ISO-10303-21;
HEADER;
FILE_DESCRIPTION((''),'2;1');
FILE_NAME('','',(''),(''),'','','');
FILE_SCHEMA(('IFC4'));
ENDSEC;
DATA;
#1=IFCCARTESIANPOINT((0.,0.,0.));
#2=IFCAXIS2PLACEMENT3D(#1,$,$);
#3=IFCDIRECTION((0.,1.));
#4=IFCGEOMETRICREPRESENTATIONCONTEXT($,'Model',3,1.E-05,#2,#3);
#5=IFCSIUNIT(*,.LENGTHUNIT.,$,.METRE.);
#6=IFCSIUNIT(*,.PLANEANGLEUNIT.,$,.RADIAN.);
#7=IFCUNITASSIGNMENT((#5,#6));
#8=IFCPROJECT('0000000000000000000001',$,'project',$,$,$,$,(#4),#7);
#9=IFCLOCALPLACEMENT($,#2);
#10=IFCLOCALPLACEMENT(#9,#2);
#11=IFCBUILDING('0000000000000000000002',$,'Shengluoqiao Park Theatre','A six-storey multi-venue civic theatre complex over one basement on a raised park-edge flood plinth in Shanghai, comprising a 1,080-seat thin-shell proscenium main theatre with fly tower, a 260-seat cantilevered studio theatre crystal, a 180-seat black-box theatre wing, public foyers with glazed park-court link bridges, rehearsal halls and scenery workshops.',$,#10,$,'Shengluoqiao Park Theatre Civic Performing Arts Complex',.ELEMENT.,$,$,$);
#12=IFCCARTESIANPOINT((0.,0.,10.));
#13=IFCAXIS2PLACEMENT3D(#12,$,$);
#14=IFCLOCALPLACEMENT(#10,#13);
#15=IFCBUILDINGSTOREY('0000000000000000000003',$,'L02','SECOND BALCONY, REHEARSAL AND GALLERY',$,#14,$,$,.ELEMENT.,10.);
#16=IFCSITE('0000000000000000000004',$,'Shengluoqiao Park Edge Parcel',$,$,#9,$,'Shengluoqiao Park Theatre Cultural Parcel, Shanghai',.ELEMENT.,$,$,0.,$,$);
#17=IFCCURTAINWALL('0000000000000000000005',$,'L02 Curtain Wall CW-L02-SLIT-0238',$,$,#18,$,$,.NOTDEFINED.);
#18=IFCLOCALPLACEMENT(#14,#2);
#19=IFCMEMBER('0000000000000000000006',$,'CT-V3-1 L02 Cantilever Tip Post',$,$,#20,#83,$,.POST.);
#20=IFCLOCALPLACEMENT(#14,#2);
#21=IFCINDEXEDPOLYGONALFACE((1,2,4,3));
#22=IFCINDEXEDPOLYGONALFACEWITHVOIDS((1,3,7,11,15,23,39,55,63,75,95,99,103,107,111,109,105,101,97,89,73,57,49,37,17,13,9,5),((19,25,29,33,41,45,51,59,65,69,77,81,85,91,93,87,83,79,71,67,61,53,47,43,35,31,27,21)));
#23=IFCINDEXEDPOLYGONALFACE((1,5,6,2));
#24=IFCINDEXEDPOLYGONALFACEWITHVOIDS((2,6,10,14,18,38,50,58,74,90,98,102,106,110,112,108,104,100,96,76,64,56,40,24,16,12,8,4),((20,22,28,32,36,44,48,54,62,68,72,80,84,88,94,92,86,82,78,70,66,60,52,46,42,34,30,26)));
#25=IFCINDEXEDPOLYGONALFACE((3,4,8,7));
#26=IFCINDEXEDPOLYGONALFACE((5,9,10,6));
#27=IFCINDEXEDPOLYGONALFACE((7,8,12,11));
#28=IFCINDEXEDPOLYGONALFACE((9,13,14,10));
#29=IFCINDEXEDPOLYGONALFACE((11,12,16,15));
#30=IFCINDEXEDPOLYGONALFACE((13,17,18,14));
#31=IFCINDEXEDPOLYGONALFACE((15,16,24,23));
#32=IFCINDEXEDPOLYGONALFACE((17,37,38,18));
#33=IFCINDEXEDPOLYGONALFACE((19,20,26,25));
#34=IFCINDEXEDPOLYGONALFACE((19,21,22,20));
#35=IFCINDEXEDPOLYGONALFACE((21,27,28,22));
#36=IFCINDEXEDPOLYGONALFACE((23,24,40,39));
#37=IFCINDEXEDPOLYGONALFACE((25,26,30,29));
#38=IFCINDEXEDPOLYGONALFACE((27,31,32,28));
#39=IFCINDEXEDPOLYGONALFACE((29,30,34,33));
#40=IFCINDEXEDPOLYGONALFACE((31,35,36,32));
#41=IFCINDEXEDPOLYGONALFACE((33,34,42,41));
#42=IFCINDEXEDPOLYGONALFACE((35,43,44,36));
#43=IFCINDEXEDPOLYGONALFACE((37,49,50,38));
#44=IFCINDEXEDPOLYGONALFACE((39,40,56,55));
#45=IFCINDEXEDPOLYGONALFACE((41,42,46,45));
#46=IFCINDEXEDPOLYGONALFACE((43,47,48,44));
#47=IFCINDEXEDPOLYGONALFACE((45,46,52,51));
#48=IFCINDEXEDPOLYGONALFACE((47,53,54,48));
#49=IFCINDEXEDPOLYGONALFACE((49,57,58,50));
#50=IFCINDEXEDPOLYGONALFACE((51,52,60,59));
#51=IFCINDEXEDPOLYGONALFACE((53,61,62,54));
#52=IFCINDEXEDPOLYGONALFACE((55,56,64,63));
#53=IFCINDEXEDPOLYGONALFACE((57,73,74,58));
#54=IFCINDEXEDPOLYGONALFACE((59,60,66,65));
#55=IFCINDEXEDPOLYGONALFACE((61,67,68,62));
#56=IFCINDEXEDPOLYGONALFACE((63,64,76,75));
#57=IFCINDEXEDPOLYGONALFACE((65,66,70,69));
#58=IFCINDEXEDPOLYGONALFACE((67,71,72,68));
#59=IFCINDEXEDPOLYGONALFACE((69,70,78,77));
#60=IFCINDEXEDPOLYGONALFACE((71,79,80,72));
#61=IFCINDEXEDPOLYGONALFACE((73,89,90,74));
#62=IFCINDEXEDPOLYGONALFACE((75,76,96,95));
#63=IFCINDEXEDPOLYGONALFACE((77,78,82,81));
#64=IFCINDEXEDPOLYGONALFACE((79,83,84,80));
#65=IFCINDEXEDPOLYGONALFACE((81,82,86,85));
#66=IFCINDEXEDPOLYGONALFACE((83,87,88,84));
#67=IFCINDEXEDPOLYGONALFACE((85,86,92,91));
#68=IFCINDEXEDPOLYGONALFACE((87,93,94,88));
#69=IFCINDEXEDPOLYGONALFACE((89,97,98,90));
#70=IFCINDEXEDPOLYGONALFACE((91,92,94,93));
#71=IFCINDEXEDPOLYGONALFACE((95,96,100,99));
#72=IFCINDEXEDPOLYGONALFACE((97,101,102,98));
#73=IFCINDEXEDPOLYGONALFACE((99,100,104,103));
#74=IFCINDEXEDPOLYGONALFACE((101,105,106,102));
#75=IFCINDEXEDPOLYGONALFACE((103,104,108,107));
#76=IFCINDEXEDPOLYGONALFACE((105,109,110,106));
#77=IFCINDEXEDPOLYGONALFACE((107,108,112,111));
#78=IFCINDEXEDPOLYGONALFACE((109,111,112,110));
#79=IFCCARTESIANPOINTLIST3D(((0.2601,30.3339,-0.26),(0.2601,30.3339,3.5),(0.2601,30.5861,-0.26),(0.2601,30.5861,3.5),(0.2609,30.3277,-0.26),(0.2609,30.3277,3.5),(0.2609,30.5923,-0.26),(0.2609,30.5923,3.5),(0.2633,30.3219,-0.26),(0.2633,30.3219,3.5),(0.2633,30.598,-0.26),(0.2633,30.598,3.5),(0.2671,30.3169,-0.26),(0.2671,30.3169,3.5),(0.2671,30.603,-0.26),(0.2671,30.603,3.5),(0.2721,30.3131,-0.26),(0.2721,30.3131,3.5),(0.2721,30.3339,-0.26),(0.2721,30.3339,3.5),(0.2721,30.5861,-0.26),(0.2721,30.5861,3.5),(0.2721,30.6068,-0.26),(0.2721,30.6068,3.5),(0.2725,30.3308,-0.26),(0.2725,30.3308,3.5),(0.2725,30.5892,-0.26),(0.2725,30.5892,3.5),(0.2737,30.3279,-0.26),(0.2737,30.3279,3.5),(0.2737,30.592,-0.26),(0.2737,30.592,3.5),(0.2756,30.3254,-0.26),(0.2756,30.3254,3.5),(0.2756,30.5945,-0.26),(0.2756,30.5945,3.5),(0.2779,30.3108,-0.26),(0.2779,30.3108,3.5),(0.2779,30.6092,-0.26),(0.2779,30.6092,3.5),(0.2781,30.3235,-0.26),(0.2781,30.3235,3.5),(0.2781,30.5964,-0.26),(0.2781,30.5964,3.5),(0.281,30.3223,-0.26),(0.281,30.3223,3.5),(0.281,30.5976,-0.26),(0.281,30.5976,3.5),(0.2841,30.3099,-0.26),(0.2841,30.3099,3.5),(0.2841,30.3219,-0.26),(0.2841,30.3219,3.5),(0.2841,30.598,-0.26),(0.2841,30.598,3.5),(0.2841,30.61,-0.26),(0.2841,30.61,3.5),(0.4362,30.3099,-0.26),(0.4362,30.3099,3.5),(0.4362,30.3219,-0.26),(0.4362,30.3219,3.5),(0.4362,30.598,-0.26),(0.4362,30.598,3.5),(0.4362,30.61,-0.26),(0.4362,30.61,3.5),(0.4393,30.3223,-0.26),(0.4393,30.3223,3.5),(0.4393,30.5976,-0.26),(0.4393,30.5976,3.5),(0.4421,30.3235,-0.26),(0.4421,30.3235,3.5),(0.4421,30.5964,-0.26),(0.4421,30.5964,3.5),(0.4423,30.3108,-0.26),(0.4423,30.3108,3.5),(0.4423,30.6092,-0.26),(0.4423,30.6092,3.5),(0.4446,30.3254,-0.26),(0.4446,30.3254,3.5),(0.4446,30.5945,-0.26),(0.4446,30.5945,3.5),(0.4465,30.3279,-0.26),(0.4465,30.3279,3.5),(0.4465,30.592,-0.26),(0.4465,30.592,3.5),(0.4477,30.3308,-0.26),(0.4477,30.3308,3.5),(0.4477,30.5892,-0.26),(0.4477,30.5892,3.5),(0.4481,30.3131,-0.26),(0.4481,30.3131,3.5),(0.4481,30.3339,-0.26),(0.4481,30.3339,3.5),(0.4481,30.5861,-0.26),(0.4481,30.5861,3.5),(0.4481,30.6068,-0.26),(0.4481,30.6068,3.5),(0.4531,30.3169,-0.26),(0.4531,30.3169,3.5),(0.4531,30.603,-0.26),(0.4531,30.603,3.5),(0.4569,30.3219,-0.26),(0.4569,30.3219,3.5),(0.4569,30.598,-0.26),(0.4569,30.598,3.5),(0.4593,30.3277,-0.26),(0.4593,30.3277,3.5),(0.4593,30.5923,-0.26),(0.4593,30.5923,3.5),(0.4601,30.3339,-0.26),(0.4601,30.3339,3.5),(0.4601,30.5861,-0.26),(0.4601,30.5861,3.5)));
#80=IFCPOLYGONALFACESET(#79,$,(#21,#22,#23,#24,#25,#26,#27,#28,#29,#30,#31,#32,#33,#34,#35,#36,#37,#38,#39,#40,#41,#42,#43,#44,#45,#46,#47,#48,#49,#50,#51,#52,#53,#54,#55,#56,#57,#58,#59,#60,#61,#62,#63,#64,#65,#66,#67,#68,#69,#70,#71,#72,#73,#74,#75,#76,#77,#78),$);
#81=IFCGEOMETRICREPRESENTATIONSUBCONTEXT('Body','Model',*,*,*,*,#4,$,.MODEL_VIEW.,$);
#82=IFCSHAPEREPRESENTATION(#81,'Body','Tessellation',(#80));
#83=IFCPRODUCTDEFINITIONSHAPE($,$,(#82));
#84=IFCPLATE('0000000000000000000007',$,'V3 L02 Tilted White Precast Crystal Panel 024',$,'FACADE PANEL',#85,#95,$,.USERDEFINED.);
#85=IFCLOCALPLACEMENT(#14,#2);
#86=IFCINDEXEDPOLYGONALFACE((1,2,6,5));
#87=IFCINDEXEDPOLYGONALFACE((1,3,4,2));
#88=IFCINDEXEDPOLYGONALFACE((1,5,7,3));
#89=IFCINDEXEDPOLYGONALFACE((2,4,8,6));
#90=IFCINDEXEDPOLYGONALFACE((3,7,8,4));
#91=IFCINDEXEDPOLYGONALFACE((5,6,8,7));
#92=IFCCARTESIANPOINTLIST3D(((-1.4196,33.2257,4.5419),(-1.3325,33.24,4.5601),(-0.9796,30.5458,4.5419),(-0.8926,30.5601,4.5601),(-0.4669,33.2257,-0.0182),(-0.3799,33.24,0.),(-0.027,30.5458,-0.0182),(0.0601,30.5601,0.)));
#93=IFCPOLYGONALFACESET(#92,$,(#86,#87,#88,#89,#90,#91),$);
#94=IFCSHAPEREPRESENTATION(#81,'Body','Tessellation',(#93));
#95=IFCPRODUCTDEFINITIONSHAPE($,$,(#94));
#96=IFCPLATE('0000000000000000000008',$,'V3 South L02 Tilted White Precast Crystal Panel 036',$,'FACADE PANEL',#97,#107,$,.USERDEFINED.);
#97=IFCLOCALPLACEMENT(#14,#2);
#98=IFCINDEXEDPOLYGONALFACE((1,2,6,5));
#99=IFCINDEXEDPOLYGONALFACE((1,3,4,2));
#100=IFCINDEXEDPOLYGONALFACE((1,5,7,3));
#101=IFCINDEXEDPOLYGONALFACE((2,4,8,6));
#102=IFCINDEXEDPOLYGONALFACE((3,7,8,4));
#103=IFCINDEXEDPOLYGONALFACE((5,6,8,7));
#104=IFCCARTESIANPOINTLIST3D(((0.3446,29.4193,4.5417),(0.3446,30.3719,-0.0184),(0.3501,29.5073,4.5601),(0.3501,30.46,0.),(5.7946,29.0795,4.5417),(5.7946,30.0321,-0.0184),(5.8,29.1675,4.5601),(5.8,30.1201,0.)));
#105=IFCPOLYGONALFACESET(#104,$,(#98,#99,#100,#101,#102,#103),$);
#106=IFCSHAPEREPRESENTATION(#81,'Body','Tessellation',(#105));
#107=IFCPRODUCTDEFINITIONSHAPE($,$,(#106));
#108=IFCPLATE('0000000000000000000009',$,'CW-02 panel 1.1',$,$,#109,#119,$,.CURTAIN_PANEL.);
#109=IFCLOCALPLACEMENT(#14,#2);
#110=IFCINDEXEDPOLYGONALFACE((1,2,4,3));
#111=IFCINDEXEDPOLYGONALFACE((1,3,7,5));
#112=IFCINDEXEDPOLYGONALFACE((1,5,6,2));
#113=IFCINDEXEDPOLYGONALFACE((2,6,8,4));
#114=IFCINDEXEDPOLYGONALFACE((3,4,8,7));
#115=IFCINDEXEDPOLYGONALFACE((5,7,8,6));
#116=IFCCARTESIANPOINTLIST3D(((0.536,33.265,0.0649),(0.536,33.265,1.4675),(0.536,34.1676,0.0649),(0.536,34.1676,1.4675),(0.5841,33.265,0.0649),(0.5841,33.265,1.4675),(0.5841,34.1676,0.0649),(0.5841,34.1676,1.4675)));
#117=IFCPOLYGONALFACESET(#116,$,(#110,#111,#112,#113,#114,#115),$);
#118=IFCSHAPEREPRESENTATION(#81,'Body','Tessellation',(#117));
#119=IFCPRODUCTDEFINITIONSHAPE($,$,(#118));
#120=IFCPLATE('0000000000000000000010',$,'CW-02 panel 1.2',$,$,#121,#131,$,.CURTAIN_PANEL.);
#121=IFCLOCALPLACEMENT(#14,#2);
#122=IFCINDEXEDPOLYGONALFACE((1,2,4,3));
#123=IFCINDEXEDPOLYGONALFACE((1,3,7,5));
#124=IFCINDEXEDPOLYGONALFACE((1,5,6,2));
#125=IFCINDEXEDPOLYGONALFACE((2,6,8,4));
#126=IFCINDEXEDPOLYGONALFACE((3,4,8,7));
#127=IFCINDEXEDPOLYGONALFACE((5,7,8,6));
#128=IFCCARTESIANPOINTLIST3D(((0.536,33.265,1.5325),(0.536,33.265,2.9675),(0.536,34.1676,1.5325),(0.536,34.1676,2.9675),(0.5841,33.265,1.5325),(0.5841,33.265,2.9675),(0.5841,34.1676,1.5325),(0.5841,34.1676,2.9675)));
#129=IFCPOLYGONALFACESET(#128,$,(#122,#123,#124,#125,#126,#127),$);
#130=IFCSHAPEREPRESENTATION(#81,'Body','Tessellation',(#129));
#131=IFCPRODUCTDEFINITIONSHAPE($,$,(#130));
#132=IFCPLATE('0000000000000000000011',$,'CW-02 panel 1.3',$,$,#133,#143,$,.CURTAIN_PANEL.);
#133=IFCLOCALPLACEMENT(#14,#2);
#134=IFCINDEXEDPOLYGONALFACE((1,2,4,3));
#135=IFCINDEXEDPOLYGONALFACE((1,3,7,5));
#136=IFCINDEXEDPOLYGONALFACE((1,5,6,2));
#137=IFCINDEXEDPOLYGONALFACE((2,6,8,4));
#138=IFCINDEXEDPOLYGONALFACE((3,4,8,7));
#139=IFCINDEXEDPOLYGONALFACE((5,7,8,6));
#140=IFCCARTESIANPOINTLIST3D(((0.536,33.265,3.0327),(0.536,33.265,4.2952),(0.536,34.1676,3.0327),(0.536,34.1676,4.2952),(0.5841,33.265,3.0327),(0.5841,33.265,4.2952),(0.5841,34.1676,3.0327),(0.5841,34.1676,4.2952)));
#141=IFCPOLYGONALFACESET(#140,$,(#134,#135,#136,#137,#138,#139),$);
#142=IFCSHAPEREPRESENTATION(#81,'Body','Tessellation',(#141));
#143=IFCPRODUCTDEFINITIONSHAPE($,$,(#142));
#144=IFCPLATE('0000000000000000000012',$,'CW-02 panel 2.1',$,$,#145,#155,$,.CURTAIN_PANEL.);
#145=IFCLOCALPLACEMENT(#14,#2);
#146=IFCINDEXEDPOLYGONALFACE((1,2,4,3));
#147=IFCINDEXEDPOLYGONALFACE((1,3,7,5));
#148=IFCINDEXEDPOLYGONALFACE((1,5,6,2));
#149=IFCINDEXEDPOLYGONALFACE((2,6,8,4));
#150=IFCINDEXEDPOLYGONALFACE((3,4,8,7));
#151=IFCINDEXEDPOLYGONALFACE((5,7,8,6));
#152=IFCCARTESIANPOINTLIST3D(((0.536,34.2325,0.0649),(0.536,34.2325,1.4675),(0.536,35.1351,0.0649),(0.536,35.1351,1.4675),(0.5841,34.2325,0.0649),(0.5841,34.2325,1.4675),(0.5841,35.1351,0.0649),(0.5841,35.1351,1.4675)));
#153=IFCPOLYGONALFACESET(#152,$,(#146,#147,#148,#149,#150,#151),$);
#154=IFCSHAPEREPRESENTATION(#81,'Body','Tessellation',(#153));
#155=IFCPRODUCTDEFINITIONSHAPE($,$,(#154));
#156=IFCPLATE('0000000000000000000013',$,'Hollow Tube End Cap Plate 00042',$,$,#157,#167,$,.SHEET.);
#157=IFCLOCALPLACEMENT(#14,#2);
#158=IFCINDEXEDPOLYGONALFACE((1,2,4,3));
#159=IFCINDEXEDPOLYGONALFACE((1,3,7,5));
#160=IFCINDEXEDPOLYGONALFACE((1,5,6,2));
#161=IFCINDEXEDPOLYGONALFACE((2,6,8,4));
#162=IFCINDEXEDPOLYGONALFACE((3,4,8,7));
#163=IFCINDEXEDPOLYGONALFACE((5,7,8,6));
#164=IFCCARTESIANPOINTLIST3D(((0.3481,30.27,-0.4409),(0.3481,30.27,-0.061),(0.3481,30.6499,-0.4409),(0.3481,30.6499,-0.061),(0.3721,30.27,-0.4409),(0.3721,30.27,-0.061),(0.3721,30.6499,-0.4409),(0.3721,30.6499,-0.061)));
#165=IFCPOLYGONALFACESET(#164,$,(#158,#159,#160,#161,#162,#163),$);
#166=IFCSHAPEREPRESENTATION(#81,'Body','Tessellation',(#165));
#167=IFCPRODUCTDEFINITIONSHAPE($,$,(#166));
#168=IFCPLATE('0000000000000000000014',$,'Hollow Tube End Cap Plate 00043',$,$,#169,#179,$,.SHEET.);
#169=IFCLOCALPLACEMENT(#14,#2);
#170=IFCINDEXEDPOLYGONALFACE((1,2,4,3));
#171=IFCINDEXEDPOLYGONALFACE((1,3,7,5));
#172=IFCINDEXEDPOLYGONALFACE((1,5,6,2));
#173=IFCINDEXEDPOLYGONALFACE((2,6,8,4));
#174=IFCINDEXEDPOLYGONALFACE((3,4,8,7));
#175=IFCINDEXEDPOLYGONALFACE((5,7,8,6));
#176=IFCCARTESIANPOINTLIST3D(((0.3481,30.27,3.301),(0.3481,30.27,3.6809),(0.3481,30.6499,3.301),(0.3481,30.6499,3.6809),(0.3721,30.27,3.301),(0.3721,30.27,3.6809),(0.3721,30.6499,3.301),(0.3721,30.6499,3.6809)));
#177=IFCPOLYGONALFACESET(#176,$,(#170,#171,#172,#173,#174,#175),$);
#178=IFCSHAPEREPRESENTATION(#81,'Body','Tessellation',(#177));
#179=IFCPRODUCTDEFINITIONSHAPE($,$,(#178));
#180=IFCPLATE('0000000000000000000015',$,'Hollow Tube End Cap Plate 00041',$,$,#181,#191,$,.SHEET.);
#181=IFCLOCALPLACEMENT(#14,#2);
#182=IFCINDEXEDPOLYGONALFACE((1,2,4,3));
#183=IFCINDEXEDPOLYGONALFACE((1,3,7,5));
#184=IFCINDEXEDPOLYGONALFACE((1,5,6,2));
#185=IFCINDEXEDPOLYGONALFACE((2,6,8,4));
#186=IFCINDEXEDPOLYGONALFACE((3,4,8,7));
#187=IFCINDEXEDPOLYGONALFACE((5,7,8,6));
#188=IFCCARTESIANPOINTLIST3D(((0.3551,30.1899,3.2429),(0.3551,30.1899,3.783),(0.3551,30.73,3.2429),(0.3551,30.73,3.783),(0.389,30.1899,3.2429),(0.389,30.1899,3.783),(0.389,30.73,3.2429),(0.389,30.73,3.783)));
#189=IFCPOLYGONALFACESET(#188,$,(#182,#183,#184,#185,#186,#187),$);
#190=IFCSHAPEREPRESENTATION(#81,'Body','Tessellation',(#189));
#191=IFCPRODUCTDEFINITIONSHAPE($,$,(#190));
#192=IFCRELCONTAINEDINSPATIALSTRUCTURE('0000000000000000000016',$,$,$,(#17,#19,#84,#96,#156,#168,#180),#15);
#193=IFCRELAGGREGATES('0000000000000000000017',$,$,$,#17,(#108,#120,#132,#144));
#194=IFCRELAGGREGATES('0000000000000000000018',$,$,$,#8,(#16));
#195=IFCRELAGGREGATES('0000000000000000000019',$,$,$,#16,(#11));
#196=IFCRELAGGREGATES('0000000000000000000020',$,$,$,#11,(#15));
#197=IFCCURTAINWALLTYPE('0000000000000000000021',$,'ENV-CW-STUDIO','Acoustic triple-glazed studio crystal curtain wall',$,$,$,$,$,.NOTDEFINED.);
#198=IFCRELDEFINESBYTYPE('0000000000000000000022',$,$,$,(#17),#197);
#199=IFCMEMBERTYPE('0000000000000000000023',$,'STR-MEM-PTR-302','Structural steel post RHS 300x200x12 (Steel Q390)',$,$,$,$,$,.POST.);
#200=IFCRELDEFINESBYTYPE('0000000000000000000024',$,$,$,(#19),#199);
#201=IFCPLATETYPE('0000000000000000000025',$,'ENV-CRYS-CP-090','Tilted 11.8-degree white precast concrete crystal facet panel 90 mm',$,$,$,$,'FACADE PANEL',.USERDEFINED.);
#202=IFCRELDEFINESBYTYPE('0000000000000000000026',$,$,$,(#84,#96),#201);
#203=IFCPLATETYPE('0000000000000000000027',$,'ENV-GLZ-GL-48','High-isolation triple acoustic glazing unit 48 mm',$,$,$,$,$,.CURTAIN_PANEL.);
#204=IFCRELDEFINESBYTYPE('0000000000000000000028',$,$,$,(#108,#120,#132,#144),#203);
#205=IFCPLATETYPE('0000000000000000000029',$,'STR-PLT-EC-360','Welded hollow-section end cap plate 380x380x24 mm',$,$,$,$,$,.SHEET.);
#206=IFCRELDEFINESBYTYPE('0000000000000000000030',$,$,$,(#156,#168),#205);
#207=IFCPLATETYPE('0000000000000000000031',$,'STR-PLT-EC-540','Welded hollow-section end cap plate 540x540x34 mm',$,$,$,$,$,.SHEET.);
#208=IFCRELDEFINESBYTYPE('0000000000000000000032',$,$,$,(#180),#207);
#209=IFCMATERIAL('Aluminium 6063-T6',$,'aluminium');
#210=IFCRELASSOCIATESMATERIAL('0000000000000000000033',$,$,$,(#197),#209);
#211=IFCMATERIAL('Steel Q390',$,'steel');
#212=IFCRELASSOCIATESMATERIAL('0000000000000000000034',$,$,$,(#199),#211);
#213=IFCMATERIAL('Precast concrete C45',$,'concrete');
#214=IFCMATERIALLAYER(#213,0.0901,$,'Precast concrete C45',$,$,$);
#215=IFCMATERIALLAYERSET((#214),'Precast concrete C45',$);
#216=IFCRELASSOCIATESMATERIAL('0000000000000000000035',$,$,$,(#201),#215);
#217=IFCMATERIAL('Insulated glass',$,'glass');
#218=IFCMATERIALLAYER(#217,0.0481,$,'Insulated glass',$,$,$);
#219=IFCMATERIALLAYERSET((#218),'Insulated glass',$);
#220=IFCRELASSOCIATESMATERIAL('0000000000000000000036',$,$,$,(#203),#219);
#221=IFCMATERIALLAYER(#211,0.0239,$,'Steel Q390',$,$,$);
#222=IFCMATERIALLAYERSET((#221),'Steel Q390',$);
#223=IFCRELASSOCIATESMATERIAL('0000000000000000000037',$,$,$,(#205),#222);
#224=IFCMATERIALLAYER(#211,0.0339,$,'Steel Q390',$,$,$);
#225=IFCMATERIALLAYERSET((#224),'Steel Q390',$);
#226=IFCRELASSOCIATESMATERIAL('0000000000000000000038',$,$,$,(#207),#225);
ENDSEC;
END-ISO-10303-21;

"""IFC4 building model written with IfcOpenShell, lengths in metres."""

from ifc_helpers import new_model, si_unit, direction, frame, origin, origin_2d, place, context, subcontext, project, spatial, polyline, rectangle, hollow_rectangle, outline, extrude, material, layer, layer_set, material_profile, profile_set, type_object, element, aggregate, save


model = new_model("IFC4")

# Units and contexts
model_context = context("Model", 3, precision=1e-05, world=origin(), true_north=direction((0.0, 1.0)))
body_context = subcontext(model_context, "Body", "Model", "MODEL_VIEW")
ifc_project = project(units=[si_unit("LENGTHUNIT", "METRE"), si_unit("PLANEANGLEUNIT", "RADIAN")], contexts=[model_context])

# Site, building, storey
site_placement = place(None, origin())
site = spatial("IfcSite", under=ifc_project, at=site_placement, Name="Shengluoqiao Park Edge Parcel", LongName="Shengluoqiao Park Theatre Cultural Parcel, Shanghai", CompositionType="ELEMENT", RefElevation=0.0)
building_placement = place(site_placement, origin())
building = spatial("IfcBuilding", under=site, at=building_placement, Name="Shengluoqiao Park Theatre", Description="A six-storey multi-venue civic theatre complex over one basement on a raised park-edge flood plinth in Shanghai, comprising a 1,080-seat thin-shell proscenium main theatre with fly tower, a 260-seat cantilevered studio theatre crystal, a 180-seat black-box theatre wing, public foyers with glazed park-court link bridges, rehearsal halls and scenery workshops.", LongName="Shengluoqiao Park Theatre Civic Performing Arts Complex", CompositionType="ELEMENT")
storey_placement = place(building_placement, frame((0.0, 0.0, 10.0)))
storey = spatial("IfcBuildingStorey", under=building, at=storey_placement, Name="L02", Description="SECOND BALCONY, REHEARSAL AND GALLERY", CompositionType="ELEMENT", Elevation=10.0)

# Curtain wall
ifc_material_1 = material(Name="Aluminium 6063-T6", Category="aluminium")
curtain_wall_type = type_object("IfcCurtainWallType", Name="ENV-CW-STUDIO", Description="Acoustic triple-glazed studio crystal curtain wall", PredefinedType="NOTDEFINED", material=ifc_material_1)
curtain_wall_placement = place(storey_placement, origin())
curtain_wall = element("IfcCurtainWall", 1, at=curtain_wall_placement, inside=storey, type_object=curtain_wall_type, Name="L02 Curtain Wall CW-L02-SLIT-0238", PredefinedType="NOTDEFINED")

# Member
ifc_material_2 = material(Name="Steel Q390", Category="steel")
ifc_material_profile_1 = material_profile(ifc_material_2, hollow_rectangle(XDim=0.2, YDim=0.3, WallThickness=0.012, InnerFilletRadius=0.012, OuterFilletRadius=0.0239, at=origin_2d()), Name="RHS 300x200x12")
ifc_profile_set_1 = profile_set([ifc_material_profile_1], Name="Steel Q390")
member_type_1 = type_object("IfcMemberType", Name="STR-MEM-PTR-302", Description="Structural steel post RHS 300x200x12 (Steel Q390)", PredefinedType="POST", material=ifc_profile_set_1)
member_1_placement = place(storey_placement, frame((0.3601, 30.46, -0.26), z_axis=(0.0, 0.0, 1.0), x_axis=(1.0, 0.0, 0.0)))
element("IfcMember", 2, at=member_1_placement, inside=storey, type_object=member_type_1, Name="CT-V3-1 L02 Cantilever Tip Post", PredefinedType="POST", context=body_context, shape_type="SweptSolid", body=[
    extrude(hollow_rectangle(XDim=0.2, YDim=0.3, WallThickness=0.012, InnerFilletRadius=0.012, OuterFilletRadius=0.0239, at=origin_2d()), origin(), (0.0, 0.0, 1.0), 3.76),
])

# Plates
ifc_material_3 = material(Name="Precast concrete C45", Category="concrete")
ifc_layer_1 = layer(ifc_material_3, 0.0901, Name="Precast concrete C45")
ifc_layer_set_1 = layer_set([ifc_layer_1], Name="Precast concrete C45")
plate_type_1 = type_object("IfcPlateType", Name="ENV-CRYS-CP-090", Description="Tilted 11.8-degree white precast concrete crystal facet panel 90 mm", ElementType="FACADE PANEL", PredefinedType="USERDEFINED", material=ifc_layer_set_1)
plate_1_placement = place(storey_placement, frame((0.0601, 30.5601, 0.0), z_axis=(0.966469, 0.158657, 0.201904), x_axis=(-0.161993, 0.986792, 0.0)))
element("IfcPlate", 3, at=plate_1_placement, inside=storey, type_object=plate_type_1, Name="V3 L02 Tilted White Precast Crystal Panel 024", ObjectType="FACADE PANEL", PredefinedType="USERDEFINED", context=body_context, shape_type="SweptSolid", body=[
    extrude(outline(polyline([(0.0, 0.0), (2.7158, 0.0), (2.8701, 4.6559), (0.1543, 4.6559), (0.0, 0.0)])), origin(), (0.0, 0.0, -1.0), 0.0901),
])
plate_2_placement = place(storey_placement, frame((0.3501, 30.46, 0.0), z_axis=(0.060926, 0.977049, 0.204114), x_axis=(0.998061, -0.062236, 0.0)))
element("IfcPlate", 4, at=plate_2_placement, inside=storey, type_object=plate_type_1, Name="V3 South L02 Tilted White Precast Crystal Panel 036", ObjectType="FACADE PANEL", PredefinedType="USERDEFINED", context=body_context, shape_type="SweptSolid", body=[
    extrude(outline(polyline([(0.0, 0.0), (5.4605, 0.0), (5.5198, -4.6581), (0.0593, -4.6581), (0.0, 0.0)])), origin(), (0.0, 0.0, -1.0), 0.0901),
])

# Plates
ifc_material_4 = material(Name="Insulated glass", Category="glass")
ifc_layer_2 = layer(ifc_material_4, 0.0481, Name="Insulated glass")
ifc_layer_set_2 = layer_set([ifc_layer_2], Name="Insulated glass")
plate_type_2 = type_object("IfcPlateType", Name="ENV-GLZ-GL-48", Description="High-isolation triple acoustic glazing unit 48 mm", PredefinedType="CURTAIN_PANEL", material=ifc_layer_set_2)
plate_3_placement = place(storey_placement, frame((0.5601, 33.7163, 0.0649), z_axis=(0.0, 0.0, 1.0), x_axis=(0.0, 1.0, 0.0)))
plate_3 = element("IfcPlate", 5, at=plate_3_placement, type_object=plate_type_2, Name="CW-02 panel 1.1", PredefinedType="CURTAIN_PANEL", context=body_context, shape_type="SweptSolid", body=[
    extrude(rectangle(XDim=0.9026, YDim=0.0481, at=origin_2d()), origin(), (0.0, 0.0, 1.0), 1.4026),
])
plate_4_placement = place(storey_placement, frame((0.5601, 33.7163, 1.5325), z_axis=(0.0, 0.0, 1.0), x_axis=(0.0, 1.0, 0.0)))
plate_4 = element("IfcPlate", 6, at=plate_4_placement, type_object=plate_type_2, Name="CW-02 panel 1.2", PredefinedType="CURTAIN_PANEL", context=body_context, shape_type="SweptSolid", body=[
    extrude(rectangle(XDim=0.9026, YDim=0.0481, at=origin_2d()), origin(), (0.0, 0.0, 1.0), 1.4351),
])
plate_5_placement = place(storey_placement, frame((0.5601, 33.7163, 3.0327), z_axis=(0.0, 0.0, 1.0), x_axis=(0.0, 1.0, 0.0)))
plate_5 = element("IfcPlate", 7, at=plate_5_placement, type_object=plate_type_2, Name="CW-02 panel 1.3", PredefinedType="CURTAIN_PANEL", context=body_context, shape_type="SweptSolid", body=[
    extrude(rectangle(XDim=0.9026, YDim=0.0481, at=origin_2d()), origin(), (0.0, 0.0, 1.0), 1.2625),
])
plate_6_placement = place(storey_placement, frame((0.5601, 34.6838, 0.0649), z_axis=(0.0, 0.0, 1.0), x_axis=(0.0, 1.0, 0.0)))
plate_6 = element("IfcPlate", 8, at=plate_6_placement, type_object=plate_type_2, Name="CW-02 panel 2.1", PredefinedType="CURTAIN_PANEL", context=body_context, shape_type="SweptSolid", body=[
    extrude(rectangle(XDim=0.9026, YDim=0.0481, at=origin_2d()), origin(), (0.0, 0.0, 1.0), 1.4026),
])
aggregate(curtain_wall, [plate_3, plate_4, plate_5, plate_6])

# Plates
ifc_layer_3 = layer(ifc_material_2, 0.0239, Name="Steel Q390")
ifc_layer_set_3 = layer_set([ifc_layer_3], Name="Steel Q390")
plate_type_3 = type_object("IfcPlateType", Name="STR-PLT-EC-360", Description="Welded hollow-section end cap plate 380x380x24 mm", PredefinedType="SHEET", material=ifc_layer_set_3)
for number, where, z_axis, x_axis, name in (
    (9, (0.3601, 30.46, -0.4409), (0.0, 0.0, 1.0), (1.0, 0.0, 0.0), "Hollow Tube End Cap Plate 00042"),
    (10, (0.3601, 30.46, 3.301), (0.0, 0.0, 1.0), (1.0, 0.0, 0.0), "Hollow Tube End Cap Plate 00043"),
):
    element("IfcPlate", number, at=place(storey_placement, frame(where, z_axis=z_axis, x_axis=x_axis)), inside=storey, type_object=plate_type_3, Name=name, PredefinedType="SHEET", context=body_context, shape_type="SweptSolid", body=[
        extrude(rectangle(XDim=0.0239, YDim=0.3799, at=origin_2d()), origin(), (0.0, 0.0, 1.0), 0.3799),
    ])
ifc_layer_4 = layer(ifc_material_2, 0.0339, Name="Steel Q390")
ifc_layer_set_4 = layer_set([ifc_layer_4], Name="Steel Q390")
plate_type_4 = type_object("IfcPlateType", Name="STR-PLT-EC-540", Description="Welded hollow-section end cap plate 540x540x34 mm", PredefinedType="SHEET", material=ifc_layer_set_4)
plate_7_placement = place(storey_placement, frame((0.3721, 30.46, 3.2429), z_axis=(0.0, 0.0, 1.0), x_axis=(-1.0, 0.0, 0.0)))
element("IfcPlate", 11, at=plate_7_placement, inside=storey, type_object=plate_type_4, Name="Hollow Tube End Cap Plate 00041", PredefinedType="SHEET", context=body_context, shape_type="SweptSolid", body=[
    extrude(rectangle(XDim=0.0339, YDim=0.54, at=origin_2d()), origin(), (0.0, 0.0, 1.0), 0.54),
])

save(model, "model.ifc")
